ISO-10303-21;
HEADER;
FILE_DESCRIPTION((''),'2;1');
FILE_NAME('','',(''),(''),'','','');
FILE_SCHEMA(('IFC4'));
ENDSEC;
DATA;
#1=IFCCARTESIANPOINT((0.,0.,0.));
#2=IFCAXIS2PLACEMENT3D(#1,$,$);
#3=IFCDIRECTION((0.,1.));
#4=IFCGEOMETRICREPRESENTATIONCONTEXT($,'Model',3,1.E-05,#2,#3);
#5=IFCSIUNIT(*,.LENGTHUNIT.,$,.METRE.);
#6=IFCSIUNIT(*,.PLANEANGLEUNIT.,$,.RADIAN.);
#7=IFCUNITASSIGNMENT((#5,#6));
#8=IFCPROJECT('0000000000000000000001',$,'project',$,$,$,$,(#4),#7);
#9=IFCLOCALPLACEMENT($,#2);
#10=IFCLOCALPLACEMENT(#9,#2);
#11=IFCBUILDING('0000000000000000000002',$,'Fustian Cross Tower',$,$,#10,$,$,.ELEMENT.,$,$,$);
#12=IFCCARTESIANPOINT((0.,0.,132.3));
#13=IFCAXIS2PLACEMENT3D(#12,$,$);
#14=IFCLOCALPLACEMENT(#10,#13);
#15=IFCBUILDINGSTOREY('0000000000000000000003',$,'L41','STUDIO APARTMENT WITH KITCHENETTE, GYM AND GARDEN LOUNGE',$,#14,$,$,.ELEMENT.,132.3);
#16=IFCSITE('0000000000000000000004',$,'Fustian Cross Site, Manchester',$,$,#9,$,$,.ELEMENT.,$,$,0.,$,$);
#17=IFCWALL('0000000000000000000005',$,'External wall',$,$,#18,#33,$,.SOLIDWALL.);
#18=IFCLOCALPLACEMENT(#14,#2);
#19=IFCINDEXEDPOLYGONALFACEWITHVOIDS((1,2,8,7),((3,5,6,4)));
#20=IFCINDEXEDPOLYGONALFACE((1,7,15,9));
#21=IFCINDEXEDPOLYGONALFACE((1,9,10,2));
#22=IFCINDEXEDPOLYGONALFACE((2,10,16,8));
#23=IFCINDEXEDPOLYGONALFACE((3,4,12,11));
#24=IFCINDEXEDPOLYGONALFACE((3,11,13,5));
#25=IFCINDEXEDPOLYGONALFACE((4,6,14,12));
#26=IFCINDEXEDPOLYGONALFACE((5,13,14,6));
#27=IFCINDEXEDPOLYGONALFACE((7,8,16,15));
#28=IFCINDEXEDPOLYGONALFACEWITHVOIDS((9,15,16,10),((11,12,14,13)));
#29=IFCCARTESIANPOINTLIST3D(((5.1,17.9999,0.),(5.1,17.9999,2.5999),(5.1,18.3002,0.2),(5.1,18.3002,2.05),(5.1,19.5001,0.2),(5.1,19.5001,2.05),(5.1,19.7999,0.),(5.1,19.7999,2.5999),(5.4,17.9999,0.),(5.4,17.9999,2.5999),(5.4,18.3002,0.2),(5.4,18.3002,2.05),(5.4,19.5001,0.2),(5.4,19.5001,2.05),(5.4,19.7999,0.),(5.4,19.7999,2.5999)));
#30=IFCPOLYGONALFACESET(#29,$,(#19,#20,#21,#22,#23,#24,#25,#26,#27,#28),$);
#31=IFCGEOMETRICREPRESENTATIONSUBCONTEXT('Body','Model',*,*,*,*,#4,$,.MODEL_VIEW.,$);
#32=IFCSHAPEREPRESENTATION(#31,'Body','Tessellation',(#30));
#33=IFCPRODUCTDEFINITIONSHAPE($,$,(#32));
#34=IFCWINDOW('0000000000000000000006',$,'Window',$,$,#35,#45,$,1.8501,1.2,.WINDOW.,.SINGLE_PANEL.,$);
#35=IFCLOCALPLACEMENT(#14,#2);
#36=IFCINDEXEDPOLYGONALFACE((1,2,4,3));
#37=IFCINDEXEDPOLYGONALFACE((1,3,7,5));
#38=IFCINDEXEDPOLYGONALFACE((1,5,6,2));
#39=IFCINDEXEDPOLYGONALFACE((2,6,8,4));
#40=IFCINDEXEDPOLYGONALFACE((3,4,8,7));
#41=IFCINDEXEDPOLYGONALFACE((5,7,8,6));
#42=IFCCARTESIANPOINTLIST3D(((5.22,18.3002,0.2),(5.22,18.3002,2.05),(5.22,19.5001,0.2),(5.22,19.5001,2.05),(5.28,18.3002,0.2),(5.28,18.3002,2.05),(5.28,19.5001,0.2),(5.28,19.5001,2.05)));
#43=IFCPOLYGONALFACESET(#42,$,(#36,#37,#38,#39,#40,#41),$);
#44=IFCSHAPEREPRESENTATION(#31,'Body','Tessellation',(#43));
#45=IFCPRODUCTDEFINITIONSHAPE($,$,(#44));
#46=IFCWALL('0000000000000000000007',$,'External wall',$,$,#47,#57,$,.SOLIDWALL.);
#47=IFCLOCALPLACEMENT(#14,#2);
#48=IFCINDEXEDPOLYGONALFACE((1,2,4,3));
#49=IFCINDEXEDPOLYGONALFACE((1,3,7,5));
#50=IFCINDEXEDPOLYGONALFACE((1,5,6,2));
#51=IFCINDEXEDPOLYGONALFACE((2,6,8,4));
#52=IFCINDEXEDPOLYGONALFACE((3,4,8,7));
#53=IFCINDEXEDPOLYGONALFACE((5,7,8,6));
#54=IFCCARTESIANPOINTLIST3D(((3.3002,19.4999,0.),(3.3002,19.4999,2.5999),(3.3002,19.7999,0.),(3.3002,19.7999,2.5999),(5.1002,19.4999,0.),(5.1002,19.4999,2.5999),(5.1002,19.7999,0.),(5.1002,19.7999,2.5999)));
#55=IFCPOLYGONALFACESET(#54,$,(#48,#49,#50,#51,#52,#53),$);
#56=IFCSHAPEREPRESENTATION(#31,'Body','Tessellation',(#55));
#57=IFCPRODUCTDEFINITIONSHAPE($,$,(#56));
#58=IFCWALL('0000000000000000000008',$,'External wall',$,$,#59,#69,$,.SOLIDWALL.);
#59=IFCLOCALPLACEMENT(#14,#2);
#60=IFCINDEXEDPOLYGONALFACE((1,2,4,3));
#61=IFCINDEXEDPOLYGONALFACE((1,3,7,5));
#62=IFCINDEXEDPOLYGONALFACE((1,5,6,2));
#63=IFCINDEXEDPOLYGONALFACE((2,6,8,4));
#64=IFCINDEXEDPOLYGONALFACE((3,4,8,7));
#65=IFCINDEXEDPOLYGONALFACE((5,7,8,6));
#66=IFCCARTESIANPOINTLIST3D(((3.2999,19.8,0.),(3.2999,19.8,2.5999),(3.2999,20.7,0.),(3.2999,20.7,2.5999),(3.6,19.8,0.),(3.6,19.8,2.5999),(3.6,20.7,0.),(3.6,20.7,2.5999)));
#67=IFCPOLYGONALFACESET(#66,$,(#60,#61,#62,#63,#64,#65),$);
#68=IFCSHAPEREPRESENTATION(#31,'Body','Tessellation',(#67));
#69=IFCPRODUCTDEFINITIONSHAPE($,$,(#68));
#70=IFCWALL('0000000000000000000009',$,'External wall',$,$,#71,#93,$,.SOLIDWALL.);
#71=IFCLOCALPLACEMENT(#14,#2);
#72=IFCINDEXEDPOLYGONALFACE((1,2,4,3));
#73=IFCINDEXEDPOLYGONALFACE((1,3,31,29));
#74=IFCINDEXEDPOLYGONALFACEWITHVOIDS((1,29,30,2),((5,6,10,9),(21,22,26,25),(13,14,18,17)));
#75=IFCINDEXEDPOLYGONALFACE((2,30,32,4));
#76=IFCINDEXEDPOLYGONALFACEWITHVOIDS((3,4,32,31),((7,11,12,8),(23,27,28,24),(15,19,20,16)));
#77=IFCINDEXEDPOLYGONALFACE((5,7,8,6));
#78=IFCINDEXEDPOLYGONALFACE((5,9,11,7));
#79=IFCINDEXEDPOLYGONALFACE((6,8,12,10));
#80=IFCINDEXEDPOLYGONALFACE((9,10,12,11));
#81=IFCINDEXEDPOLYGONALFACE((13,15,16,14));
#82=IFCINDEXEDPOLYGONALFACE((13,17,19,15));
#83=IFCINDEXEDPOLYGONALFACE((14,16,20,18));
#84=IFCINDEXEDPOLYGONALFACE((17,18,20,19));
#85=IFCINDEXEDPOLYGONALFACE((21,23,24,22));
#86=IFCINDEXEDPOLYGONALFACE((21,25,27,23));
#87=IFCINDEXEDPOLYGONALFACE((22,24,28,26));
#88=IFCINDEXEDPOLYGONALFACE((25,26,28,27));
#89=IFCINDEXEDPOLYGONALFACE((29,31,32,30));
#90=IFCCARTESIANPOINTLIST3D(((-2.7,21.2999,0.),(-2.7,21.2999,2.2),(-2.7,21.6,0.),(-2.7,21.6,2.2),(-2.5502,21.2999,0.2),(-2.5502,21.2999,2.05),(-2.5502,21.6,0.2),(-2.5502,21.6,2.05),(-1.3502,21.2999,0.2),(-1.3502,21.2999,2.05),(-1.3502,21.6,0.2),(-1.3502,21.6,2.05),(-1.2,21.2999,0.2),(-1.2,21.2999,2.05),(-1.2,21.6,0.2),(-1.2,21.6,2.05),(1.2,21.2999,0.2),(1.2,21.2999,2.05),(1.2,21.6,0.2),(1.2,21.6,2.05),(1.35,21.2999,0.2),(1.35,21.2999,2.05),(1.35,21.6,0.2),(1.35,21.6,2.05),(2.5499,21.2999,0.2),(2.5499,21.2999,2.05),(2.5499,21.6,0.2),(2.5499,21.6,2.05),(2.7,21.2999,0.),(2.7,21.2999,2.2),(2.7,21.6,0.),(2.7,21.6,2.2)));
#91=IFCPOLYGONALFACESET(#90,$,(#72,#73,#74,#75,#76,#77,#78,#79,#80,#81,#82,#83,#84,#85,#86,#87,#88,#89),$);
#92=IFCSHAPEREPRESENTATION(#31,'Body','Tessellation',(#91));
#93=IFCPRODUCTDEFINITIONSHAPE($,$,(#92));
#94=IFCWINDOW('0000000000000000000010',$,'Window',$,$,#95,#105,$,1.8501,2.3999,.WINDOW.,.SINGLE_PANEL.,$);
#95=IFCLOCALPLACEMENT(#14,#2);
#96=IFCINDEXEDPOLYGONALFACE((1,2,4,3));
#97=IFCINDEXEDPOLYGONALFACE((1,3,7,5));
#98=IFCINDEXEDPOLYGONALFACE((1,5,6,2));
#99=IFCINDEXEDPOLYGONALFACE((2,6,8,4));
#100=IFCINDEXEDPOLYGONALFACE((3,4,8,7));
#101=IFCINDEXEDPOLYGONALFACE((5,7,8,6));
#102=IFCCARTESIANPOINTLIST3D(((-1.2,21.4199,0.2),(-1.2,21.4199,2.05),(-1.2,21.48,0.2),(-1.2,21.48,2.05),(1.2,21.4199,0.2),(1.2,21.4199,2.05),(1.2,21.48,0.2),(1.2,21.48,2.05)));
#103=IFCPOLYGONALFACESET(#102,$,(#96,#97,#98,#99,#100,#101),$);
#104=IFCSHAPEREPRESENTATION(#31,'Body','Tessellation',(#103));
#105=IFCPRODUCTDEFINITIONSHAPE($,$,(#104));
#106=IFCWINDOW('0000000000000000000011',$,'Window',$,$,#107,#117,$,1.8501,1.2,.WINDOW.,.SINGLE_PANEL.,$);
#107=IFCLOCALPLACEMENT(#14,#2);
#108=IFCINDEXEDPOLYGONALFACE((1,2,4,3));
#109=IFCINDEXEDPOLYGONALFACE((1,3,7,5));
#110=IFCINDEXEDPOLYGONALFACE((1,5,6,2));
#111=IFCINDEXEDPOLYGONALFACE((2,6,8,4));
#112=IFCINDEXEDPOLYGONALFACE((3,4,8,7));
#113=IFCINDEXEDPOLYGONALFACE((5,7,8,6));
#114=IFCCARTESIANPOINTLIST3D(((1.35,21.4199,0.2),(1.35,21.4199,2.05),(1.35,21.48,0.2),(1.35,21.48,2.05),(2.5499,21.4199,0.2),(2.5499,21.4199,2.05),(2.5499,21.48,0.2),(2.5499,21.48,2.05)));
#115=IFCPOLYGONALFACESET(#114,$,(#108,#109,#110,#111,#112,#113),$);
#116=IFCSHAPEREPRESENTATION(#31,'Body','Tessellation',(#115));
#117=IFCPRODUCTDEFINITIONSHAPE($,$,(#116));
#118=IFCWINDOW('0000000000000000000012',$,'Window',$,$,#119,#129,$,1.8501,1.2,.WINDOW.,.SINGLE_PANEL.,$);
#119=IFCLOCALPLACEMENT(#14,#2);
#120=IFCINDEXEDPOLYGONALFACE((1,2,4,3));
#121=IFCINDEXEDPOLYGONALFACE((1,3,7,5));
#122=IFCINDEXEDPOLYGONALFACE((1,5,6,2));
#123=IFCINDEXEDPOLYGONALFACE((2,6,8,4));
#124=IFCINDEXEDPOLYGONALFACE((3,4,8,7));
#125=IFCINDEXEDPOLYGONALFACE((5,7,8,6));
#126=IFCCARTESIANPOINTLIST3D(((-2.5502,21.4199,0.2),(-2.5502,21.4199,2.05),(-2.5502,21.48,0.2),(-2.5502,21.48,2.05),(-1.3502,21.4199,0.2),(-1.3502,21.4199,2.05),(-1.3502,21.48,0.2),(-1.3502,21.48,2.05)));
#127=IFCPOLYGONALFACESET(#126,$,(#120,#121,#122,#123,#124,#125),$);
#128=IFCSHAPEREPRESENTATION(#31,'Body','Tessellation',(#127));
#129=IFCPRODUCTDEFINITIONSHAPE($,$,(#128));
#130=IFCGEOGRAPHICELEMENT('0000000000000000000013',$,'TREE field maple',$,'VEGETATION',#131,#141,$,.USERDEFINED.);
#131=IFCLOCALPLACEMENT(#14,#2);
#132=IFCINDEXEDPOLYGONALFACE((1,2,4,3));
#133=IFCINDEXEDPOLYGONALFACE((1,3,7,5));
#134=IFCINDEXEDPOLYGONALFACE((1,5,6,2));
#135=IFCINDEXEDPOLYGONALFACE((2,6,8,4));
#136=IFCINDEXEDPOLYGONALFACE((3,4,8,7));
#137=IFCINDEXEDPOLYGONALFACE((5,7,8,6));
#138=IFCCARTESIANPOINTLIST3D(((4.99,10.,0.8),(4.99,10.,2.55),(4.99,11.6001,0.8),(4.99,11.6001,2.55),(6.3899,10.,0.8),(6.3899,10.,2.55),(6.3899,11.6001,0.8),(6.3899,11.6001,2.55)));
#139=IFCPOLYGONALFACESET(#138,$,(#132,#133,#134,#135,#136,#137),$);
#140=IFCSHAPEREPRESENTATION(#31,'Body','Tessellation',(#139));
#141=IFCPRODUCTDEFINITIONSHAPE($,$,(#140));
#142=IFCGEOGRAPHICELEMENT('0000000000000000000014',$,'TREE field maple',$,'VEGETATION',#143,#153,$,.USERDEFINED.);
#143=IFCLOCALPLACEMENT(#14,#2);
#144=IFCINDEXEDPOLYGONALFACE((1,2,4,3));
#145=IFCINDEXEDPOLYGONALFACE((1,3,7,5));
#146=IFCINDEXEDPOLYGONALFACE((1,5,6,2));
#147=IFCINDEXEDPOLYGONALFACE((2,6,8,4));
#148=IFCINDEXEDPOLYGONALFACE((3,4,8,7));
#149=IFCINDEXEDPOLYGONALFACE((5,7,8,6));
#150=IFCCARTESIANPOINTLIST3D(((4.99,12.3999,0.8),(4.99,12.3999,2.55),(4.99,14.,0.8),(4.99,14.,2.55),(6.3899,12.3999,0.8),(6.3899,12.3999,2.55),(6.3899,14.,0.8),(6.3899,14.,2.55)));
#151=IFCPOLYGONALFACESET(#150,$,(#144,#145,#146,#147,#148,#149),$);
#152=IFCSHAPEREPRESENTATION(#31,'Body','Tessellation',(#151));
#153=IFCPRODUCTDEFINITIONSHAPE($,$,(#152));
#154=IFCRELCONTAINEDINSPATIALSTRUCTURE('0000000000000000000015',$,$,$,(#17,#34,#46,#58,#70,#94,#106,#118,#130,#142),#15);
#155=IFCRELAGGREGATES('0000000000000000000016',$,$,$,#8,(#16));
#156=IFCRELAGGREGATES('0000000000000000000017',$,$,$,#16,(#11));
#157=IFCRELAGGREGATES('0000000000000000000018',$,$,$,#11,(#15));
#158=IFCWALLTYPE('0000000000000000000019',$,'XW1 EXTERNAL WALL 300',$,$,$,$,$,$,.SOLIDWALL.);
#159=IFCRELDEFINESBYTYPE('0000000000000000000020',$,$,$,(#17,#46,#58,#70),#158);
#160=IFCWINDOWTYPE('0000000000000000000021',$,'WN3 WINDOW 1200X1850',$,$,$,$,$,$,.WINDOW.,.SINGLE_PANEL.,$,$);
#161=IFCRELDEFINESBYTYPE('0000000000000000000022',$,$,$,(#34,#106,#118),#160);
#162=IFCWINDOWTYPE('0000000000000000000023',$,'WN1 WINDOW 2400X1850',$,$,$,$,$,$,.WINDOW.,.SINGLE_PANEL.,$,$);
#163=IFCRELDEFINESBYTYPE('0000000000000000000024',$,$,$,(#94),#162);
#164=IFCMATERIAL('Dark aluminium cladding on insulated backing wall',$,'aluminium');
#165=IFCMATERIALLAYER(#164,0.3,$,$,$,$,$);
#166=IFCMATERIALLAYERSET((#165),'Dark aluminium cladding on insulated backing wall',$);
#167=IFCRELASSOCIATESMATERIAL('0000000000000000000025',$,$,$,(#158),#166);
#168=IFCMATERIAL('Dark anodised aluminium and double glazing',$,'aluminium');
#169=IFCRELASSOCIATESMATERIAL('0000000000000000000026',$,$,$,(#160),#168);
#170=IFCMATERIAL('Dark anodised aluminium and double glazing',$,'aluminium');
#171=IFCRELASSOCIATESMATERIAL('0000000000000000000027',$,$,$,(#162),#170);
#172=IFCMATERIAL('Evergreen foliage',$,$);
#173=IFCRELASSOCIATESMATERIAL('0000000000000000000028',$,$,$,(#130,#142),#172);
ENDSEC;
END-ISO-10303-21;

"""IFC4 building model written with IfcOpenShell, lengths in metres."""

from ifc_helpers import new_model, si_unit, direction, frame, frame_2d, origin, origin_2d, place, context, subcontext, project, spatial, rectangle, extrude, material, layer, layer_set, type_object, element, fill, save


model = new_model("IFC4")

# Units and contexts
model_context = context("Model", 3, precision=1e-05, world=origin(), true_north=direction((0.0, 1.0)))
body_context = subcontext(model_context, "Body", "Model", "MODEL_VIEW")
ifc_project = project(units=[si_unit("LENGTHUNIT", "METRE"), si_unit("PLANEANGLEUNIT", "RADIAN")], contexts=[model_context])

# Site, building, storey
site_placement = place(None, origin())
site = spatial("IfcSite", under=ifc_project, at=site_placement, Name="Fustian Cross Site, Manchester", CompositionType="ELEMENT", RefElevation=0.0)
building_placement = place(site_placement, origin())
building = spatial("IfcBuilding", under=site, at=building_placement, Name="Fustian Cross Tower", CompositionType="ELEMENT")
storey_placement = place(building_placement, frame((0.0, 0.0, 132.3)))
storey = spatial("IfcBuildingStorey", under=building, at=storey_placement, Name="L41", Description="STUDIO APARTMENT WITH KITCHENETTE, GYM AND GARDEN LOUNGE", CompositionType="ELEMENT", Elevation=132.3)

# Shared definitions
ifc_material_1 = material(Name="Dark aluminium cladding on insulated backing wall", Category="aluminium")
ifc_layer_1 = layer(ifc_material_1, 0.3)
ifc_layer_set_1 = layer_set([ifc_layer_1], Name="Dark aluminium cladding on insulated backing wall")
wall_type_1 = type_object("IfcWallType", Name="XW1 EXTERNAL WALL 300", PredefinedType="SOLIDWALL", material=ifc_layer_set_1)

# Shared definitions
ifc_material_2 = material(Name="Dark anodised aluminium and double glazing", Category="aluminium")
window_type_1 = type_object("IfcWindowType", Name="WN3 WINDOW 1200X1850", PartitioningType="SINGLE_PANEL", PredefinedType="WINDOW", material=ifc_material_2)

# Wall, opening, window
wall_1_placement = place(storey_placement, frame((5.25, 18.0, 0.0), z_axis=(0.0, 0.0, 1.0), x_axis=(0.0, 1.0, 0.0)))
wall_1 = element("IfcWall", 1, at=wall_1_placement, inside=storey, type_object=wall_type_1, Name="External wall", PredefinedType="SOLIDWALL", context=body_context, shape_type="SweptSolid", body=[
    extrude(rectangle(XDim=1.8, YDim=0.3, at=frame_2d((0.8999, 0.0))), origin(), (0.0, 0.0, 1.0), 2.5999),
])
opening_1_placement = place(wall_1_placement, frame((0.3, 0.0, 0.2)))
opening_1 = element("IfcOpeningElement", 2, at=opening_1_placement, cuts=wall_1, PredefinedType="OPENING", context=body_context, shape_type="SweptSolid", body=[
    extrude(rectangle(XDim=1.2, YDim=1.8501, at=frame_2d((0.6001, 0.925))), frame((0.0, 0.1599, 0.0), z_axis=(0.0, -1.0, 0.0), x_axis=(1.0, 0.0, 0.0)), (0.0, 0.0, 1.0), 0.3201),
])
window_1_placement = place(opening_1_placement, origin())
window_1 = element("IfcWindow", 3, at=window_1_placement, inside=storey, type_object=window_type_1, Name="Window", OverallHeight=1.8501, OverallWidth=1.2, PartitioningType="SINGLE_PANEL", PredefinedType="WINDOW", context=body_context, shape_type="SweptSolid", body=[
    extrude(rectangle(XDim=1.2, YDim=1.8501, at=frame_2d((0.6001, 0.925))), frame((0.0, 0.03, 0.0), z_axis=(0.0, -1.0, 0.0), x_axis=(1.0, 0.0, 0.0)), (0.0, 0.0, 1.0), 0.0601),
])
fill(opening_1, window_1)

# Walls
wall_2_placement = place(storey_placement, frame((5.1001, 19.6499, 0.0), z_axis=(0.0, 0.0, 1.0), x_axis=(-1.0, 0.0, 0.0)))
element("IfcWall", 4, at=wall_2_placement, inside=storey, type_object=wall_type_1, Name="External wall", PredefinedType="SOLIDWALL", context=body_context, shape_type="SweptSolid", body=[
    extrude(rectangle(XDim=1.8, YDim=0.3, at=frame_2d((0.8999, 0.0))), origin(), (0.0, 0.0, 1.0), 2.5999),
])
wall_3_placement = place(storey_placement, frame((3.45, 19.8, 0.0), z_axis=(0.0, 0.0, 1.0), x_axis=(0.0, 1.0, 0.0)))
element("IfcWall", 5, at=wall_3_placement, inside=storey, type_object=wall_type_1, Name="External wall", PredefinedType="SOLIDWALL", context=body_context, shape_type="SweptSolid", body=[
    extrude(rectangle(XDim=0.8999, YDim=0.3, at=frame_2d((0.45, 0.0))), origin(), (0.0, 0.0, 1.0), 2.5999),
])

# Wall, openings, windows
wall_4_placement = place(storey_placement, frame((2.7, 21.45, 0.0), z_axis=(0.0, 0.0, 1.0), x_axis=(-1.0, 0.0, 0.0)))
wall_4 = element("IfcWall", 6, at=wall_4_placement, inside=storey, type_object=wall_type_1, Name="External wall", PredefinedType="SOLIDWALL", context=body_context, shape_type="SweptSolid", body=[
    extrude(rectangle(XDim=5.3999, YDim=0.3, at=frame_2d((2.7, 0.0))), origin(), (0.0, 0.0, 1.0), 2.2),
])
opening_2_placement = place(wall_4_placement, frame((1.5, 0.0, 0.2)))
opening_2 = element("IfcOpeningElement", 7, at=opening_2_placement, cuts=wall_4, PredefinedType="OPENING", context=body_context, shape_type="SweptSolid", body=[
    extrude(rectangle(XDim=2.3999, YDim=1.8501, at=frame_2d((1.2, 0.925))), frame((0.0, 0.1599, 0.0), z_axis=(0.0, -1.0, 0.0), x_axis=(1.0, 0.0, 0.0)), (0.0, 0.0, 1.0), 0.3201),
])
opening_3_placement = place(wall_4_placement, frame((0.1499, 0.0, 0.2)))
opening_3 = element("IfcOpeningElement", 8, at=opening_3_placement, cuts=wall_4, PredefinedType="OPENING", context=body_context, shape_type="SweptSolid", body=[
    extrude(rectangle(XDim=1.2, YDim=1.8501, at=frame_2d((0.6001, 0.925))), frame((0.0, 0.1599, 0.0), z_axis=(0.0, -1.0, 0.0), x_axis=(1.0, 0.0, 0.0)), (0.0, 0.0, 1.0), 0.3201),
])
opening_4_placement = place(wall_4_placement, frame((4.05, 0.0, 0.2)))
opening_4 = element("IfcOpeningElement", 9, at=opening_4_placement, cuts=wall_4, PredefinedType="OPENING", context=body_context, shape_type="SweptSolid", body=[
    extrude(rectangle(XDim=1.2, YDim=1.8501, at=frame_2d((0.6001, 0.925))), frame((0.0, 0.1599, 0.0), z_axis=(0.0, -1.0, 0.0), x_axis=(1.0, 0.0, 0.0)), (0.0, 0.0, 1.0), 0.3201),
])
ifc_material_3 = material(Name="Dark anodised aluminium and double glazing", Category="aluminium")
window_type_2 = type_object("IfcWindowType", Name="WN1 WINDOW 2400X1850", PartitioningType="SINGLE_PANEL", PredefinedType="WINDOW", material=ifc_material_3)
window_2_placement = place(opening_2_placement, origin())
window_2 = element("IfcWindow", 10, at=window_2_placement, inside=storey, type_object=window_type_2, Name="Window", OverallHeight=1.8501, OverallWidth=2.3999, PartitioningType="SINGLE_PANEL", PredefinedType="WINDOW", context=body_context, shape_type="SweptSolid", body=[
    extrude(rectangle(XDim=2.3999, YDim=1.8501, at=frame_2d((1.2, 0.925))), frame((0.0, 0.03, 0.0), z_axis=(0.0, -1.0, 0.0), x_axis=(1.0, 0.0, 0.0)), (0.0, 0.0, 1.0), 0.0601),
])
fill(opening_2, window_2)
window_3_placement = place(opening_3_placement, origin())
window_3 = element("IfcWindow", 11, at=window_3_placement, inside=storey, type_object=window_type_1, Name="Window", OverallHeight=1.8501, OverallWidth=1.2, PartitioningType="SINGLE_PANEL", PredefinedType="WINDOW", context=body_context, shape_type="SweptSolid", body=[
    extrude(rectangle(XDim=1.2, YDim=1.8501, at=frame_2d((0.6001, 0.925))), frame((0.0, 0.03, 0.0), z_axis=(0.0, -1.0, 0.0), x_axis=(1.0, 0.0, 0.0)), (0.0, 0.0, 1.0), 0.0601),
])
fill(opening_3, window_3)
window_4_placement = place(opening_4_placement, origin())
window_4 = element("IfcWindow", 12, at=window_4_placement, inside=storey, type_object=window_type_1, Name="Window", OverallHeight=1.8501, OverallWidth=1.2, PartitioningType="SINGLE_PANEL", PredefinedType="WINDOW", context=body_context, shape_type="SweptSolid", body=[
    extrude(rectangle(XDim=1.2, YDim=1.8501, at=frame_2d((0.6001, 0.925))), frame((0.0, 0.03, 0.0), z_axis=(0.0, -1.0, 0.0), x_axis=(1.0, 0.0, 0.0)), (0.0, 0.0, 1.0), 0.0601),
])
fill(opening_4, window_4)

# Geographic elements
ifc_material_4 = material(Name="Evergreen foliage")
for number, where, z_axis, x_axis, name in (
    (13, (5.6899, 10.8, 0.8), (0.0, 0.0, 1.0), (1.0, 0.0, 0.0), "TREE field maple"),
    (14, (5.6899, 13.2, 0.8), (0.0, 0.0, 1.0), (1.0, 0.0, 0.0), "TREE field maple"),
):
    element("IfcGeographicElement", number, at=place(storey_placement, frame(where, z_axis=z_axis, x_axis=x_axis)), inside=storey, material=ifc_material_4, Name=name, ObjectType="VEGETATION", PredefinedType="USERDEFINED", context=body_context, shape_type="SweptSolid", body=[
        extrude(rectangle(XDim=1.3999, YDim=1.6001, at=origin_2d()), origin(), (0.0, 0.0, 1.0), 1.75),
    ])

save(model, "model.ifc")
